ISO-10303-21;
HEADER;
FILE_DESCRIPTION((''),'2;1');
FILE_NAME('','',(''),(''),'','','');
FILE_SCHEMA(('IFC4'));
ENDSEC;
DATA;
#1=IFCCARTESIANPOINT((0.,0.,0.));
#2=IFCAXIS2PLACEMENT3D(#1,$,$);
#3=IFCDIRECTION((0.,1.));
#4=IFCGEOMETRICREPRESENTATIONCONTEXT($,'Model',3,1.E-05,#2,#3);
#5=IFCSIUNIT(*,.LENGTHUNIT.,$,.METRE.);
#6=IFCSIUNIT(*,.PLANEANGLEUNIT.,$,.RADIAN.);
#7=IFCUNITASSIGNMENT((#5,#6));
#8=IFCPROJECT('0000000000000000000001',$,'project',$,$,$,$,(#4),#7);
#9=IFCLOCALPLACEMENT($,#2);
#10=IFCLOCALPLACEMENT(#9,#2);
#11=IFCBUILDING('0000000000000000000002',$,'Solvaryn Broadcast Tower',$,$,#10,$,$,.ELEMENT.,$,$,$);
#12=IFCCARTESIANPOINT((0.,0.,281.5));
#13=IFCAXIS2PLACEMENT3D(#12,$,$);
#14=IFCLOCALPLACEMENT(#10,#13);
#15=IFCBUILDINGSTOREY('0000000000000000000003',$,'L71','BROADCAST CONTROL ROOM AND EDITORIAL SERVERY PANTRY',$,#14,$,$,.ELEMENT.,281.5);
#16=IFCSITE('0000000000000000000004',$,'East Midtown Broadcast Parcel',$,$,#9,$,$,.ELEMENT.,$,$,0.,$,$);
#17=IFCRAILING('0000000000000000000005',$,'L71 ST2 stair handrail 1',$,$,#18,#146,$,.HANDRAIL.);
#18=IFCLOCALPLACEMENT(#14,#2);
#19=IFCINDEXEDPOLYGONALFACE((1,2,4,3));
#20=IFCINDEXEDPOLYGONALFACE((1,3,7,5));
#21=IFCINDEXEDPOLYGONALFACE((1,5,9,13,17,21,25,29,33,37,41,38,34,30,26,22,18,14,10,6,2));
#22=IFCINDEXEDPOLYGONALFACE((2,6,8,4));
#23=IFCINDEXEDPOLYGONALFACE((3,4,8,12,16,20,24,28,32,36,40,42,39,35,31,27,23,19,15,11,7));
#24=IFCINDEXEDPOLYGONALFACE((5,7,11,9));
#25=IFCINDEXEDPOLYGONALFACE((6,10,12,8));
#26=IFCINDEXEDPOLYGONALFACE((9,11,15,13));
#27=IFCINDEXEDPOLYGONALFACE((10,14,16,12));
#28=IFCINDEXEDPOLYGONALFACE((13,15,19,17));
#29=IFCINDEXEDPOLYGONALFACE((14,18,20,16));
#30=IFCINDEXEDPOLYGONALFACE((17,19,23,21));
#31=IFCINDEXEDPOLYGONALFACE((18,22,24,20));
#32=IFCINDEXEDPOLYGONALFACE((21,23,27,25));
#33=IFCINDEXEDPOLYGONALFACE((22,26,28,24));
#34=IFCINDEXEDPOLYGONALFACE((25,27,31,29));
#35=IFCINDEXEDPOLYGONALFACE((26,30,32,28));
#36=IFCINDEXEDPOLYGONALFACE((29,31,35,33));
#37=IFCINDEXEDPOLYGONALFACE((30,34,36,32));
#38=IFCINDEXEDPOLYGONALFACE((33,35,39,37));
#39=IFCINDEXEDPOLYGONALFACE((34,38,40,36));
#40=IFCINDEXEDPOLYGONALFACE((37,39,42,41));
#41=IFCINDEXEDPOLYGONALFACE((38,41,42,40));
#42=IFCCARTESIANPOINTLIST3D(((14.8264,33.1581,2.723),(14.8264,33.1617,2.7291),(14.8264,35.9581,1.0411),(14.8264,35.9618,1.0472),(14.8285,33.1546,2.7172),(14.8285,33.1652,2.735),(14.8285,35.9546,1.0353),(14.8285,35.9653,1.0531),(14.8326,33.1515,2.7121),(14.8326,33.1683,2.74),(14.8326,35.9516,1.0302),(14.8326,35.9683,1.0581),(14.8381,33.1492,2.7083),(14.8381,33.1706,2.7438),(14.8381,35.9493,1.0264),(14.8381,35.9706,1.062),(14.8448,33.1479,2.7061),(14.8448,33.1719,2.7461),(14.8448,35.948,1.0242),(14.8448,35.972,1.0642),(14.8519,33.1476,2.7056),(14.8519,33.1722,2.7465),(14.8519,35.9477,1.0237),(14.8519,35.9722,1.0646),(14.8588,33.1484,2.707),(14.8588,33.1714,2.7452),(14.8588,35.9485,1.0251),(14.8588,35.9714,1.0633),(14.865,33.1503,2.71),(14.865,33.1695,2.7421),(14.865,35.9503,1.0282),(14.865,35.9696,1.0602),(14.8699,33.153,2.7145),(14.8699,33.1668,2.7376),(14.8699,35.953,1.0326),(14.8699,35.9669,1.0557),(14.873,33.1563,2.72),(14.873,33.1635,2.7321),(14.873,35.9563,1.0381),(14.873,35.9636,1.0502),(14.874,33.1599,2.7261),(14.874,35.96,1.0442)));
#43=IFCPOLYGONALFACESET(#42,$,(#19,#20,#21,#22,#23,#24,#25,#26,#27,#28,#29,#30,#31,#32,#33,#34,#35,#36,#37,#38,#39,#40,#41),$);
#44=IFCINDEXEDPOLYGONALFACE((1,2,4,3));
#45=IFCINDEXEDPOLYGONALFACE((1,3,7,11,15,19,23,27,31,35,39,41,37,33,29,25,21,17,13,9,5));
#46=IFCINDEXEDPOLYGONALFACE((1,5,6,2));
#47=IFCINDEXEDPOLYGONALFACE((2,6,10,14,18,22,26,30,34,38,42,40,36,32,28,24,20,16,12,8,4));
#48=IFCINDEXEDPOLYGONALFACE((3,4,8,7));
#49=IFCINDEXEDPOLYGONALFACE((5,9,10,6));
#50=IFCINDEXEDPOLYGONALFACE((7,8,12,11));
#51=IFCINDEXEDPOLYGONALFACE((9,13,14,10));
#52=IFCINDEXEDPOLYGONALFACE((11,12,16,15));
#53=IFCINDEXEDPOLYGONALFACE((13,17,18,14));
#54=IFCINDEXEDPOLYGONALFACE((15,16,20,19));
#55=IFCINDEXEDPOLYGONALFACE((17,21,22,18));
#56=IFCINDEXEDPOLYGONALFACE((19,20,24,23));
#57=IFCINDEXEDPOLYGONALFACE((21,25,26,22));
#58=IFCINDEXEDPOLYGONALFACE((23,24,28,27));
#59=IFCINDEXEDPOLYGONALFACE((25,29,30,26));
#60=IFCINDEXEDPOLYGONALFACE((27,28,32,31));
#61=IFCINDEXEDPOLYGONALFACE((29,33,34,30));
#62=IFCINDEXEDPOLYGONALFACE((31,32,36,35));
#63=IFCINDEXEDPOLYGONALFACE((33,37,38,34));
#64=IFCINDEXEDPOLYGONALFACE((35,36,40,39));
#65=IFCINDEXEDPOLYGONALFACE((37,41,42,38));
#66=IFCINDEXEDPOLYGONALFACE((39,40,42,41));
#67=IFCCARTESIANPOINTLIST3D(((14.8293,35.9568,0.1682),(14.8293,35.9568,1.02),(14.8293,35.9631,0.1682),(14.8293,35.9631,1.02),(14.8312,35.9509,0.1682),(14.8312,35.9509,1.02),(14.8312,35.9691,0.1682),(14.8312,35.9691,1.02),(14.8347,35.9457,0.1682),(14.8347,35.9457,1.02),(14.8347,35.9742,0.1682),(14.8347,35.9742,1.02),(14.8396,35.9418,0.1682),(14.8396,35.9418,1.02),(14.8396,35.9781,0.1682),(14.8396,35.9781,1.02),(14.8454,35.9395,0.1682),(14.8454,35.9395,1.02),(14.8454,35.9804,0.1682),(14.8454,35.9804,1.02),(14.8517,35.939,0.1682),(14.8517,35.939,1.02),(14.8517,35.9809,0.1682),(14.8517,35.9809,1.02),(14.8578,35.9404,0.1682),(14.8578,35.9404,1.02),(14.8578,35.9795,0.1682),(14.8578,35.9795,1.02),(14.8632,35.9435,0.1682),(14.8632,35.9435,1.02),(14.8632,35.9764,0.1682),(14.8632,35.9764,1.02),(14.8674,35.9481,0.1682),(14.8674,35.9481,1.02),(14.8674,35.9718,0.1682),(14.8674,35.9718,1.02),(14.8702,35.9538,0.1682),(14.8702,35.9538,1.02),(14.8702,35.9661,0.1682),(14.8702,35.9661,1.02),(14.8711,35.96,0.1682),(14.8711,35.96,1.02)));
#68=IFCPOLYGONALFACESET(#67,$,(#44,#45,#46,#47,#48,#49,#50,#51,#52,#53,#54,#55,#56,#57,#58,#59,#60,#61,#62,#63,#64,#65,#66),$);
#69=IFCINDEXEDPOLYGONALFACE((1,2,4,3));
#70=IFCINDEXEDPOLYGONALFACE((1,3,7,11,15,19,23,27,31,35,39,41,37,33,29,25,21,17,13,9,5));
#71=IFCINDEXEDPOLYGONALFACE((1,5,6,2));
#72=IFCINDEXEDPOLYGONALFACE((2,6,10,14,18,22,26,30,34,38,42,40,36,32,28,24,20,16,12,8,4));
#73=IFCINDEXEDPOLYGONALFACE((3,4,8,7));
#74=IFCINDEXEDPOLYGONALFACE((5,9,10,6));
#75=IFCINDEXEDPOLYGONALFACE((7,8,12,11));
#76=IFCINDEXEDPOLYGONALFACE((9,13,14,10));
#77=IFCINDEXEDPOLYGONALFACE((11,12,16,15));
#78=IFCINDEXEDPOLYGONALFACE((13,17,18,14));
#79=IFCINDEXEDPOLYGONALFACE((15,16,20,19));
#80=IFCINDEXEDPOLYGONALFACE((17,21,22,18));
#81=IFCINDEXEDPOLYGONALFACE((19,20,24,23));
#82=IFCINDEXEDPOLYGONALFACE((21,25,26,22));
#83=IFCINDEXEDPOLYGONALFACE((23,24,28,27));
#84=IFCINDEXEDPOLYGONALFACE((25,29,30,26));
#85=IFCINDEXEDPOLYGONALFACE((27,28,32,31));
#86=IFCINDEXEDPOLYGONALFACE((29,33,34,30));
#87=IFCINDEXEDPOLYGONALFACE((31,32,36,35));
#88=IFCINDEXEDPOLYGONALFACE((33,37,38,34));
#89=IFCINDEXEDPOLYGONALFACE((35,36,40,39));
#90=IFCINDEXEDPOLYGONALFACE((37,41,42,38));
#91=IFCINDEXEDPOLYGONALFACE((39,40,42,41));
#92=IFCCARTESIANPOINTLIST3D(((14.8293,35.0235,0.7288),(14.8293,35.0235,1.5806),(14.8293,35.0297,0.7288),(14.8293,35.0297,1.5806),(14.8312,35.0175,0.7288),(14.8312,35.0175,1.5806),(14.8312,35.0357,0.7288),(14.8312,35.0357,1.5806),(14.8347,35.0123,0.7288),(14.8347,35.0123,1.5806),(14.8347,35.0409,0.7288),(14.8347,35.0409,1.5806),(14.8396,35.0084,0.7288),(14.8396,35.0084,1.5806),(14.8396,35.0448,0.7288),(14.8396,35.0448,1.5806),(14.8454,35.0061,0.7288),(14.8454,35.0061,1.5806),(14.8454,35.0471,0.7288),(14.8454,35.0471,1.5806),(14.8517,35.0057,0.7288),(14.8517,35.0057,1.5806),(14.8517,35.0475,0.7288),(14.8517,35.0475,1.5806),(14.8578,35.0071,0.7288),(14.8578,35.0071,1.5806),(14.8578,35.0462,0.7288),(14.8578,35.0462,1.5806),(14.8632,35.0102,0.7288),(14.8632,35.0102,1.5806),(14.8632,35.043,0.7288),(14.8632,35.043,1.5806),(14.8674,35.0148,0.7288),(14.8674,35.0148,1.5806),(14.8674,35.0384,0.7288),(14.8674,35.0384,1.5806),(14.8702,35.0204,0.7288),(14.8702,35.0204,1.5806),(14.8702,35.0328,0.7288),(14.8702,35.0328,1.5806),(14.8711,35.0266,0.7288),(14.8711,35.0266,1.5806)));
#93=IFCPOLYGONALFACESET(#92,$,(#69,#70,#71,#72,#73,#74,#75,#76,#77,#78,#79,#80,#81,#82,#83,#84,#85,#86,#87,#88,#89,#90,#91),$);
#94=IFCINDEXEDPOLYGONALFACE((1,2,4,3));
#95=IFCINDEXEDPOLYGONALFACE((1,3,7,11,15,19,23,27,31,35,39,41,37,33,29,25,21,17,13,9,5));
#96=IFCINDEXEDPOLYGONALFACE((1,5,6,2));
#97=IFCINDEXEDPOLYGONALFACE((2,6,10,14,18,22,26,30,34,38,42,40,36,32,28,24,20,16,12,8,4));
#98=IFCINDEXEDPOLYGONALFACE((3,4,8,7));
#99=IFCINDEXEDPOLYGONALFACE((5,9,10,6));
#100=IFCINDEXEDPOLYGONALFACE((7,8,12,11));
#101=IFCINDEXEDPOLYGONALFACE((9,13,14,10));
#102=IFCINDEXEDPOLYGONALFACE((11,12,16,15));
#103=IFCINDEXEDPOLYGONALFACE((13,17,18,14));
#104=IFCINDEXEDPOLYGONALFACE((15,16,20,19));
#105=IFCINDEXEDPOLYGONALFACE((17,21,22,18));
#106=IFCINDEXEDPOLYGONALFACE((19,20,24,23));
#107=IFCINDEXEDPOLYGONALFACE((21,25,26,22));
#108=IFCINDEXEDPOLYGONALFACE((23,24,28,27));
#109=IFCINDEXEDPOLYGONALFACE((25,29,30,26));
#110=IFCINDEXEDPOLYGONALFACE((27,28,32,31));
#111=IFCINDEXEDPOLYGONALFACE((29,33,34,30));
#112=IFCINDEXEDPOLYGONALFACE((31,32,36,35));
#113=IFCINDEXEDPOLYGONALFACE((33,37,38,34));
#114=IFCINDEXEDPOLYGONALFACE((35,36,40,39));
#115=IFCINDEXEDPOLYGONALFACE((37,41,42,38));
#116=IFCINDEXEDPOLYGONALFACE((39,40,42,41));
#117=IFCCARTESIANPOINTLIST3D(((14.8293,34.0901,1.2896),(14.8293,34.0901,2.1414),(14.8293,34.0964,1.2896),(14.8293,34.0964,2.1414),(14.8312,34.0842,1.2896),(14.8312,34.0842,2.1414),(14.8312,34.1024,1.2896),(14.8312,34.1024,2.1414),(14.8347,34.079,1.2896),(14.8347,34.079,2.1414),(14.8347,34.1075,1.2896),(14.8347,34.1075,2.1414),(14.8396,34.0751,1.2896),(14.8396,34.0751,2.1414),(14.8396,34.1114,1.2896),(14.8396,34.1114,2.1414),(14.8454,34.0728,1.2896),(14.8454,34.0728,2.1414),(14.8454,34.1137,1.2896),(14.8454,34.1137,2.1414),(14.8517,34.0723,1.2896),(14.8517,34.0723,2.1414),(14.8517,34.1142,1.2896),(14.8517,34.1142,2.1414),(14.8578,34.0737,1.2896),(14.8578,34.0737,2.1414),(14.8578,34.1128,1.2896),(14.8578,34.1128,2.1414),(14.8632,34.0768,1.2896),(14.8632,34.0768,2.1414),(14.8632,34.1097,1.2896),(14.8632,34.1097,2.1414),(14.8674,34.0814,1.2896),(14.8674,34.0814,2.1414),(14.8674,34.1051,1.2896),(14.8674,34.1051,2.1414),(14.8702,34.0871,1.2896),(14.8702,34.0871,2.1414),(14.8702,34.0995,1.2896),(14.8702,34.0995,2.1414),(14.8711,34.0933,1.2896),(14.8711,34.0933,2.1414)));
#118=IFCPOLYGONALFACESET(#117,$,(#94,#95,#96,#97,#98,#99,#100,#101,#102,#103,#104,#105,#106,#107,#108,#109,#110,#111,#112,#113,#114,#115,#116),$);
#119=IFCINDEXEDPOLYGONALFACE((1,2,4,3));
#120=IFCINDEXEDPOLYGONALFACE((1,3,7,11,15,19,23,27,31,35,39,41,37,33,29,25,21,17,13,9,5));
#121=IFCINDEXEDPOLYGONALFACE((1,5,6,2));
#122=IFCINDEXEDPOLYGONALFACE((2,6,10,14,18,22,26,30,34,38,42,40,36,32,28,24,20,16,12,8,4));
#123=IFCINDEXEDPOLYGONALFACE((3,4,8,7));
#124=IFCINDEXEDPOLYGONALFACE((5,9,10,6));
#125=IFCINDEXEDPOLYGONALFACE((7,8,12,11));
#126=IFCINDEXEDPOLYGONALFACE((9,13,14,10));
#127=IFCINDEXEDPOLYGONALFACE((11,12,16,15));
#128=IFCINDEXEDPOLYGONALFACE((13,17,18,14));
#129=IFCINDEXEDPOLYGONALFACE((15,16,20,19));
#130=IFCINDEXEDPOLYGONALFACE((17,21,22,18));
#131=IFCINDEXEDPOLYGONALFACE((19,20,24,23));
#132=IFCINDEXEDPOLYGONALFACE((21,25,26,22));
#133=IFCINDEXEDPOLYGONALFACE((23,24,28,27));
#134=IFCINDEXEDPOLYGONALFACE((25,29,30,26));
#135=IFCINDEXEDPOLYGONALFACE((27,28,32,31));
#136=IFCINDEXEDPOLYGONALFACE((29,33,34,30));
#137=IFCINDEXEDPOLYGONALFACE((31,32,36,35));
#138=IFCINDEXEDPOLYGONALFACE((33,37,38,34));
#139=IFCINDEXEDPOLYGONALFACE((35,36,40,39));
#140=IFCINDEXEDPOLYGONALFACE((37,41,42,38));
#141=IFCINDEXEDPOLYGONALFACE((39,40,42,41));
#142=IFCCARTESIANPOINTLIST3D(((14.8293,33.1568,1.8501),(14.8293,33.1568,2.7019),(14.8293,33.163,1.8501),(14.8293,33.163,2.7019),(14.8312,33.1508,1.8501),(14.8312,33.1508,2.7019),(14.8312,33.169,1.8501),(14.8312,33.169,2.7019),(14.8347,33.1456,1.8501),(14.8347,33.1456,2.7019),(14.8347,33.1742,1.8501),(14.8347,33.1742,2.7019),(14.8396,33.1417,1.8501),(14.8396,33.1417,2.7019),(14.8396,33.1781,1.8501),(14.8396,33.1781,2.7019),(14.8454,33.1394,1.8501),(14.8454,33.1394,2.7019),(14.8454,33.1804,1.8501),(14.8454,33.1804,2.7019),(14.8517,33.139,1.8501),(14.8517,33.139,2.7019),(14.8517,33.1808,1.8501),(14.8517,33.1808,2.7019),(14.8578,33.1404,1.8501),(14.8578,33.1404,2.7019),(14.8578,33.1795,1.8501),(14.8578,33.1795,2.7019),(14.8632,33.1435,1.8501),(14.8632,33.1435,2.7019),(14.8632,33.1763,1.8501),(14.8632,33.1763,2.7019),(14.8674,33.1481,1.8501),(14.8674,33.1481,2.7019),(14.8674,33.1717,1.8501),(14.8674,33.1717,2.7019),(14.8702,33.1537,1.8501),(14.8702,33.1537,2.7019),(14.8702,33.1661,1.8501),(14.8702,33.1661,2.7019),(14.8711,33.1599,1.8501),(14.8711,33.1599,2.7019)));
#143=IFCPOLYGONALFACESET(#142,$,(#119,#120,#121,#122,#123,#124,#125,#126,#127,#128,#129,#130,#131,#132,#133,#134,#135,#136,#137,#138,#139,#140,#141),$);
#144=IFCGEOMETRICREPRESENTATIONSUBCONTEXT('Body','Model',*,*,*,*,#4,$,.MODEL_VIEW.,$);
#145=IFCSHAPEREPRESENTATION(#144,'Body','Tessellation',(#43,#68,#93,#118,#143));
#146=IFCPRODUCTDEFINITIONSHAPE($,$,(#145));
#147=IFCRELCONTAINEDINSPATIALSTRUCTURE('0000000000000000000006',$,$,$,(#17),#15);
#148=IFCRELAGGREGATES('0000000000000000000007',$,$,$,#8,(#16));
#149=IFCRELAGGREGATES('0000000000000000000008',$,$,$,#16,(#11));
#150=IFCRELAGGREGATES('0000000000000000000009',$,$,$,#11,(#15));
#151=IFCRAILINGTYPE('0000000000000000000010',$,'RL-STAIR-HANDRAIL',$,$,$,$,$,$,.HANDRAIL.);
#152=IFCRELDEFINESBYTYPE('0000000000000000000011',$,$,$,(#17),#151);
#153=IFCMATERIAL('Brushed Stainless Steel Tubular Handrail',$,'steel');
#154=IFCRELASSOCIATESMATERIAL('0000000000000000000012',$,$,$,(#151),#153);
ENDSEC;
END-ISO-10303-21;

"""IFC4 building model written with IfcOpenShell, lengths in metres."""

from ifc_helpers import new_model, si_unit, direction, frame, origin, origin_2d, place, context, subcontext, project, spatial, circle, extrude, material, type_object, element, save


model = new_model("IFC4")

# Units and contexts
model_context = context("Model", 3, precision=1e-05, world=origin(), true_north=direction((0.0, 1.0)))
body_context = subcontext(model_context, "Body", "Model", "MODEL_VIEW")
ifc_project = project(units=[si_unit("LENGTHUNIT", "METRE"), si_unit("PLANEANGLEUNIT", "RADIAN")], contexts=[model_context])

# Site, building, storey
site_placement = place(None, origin())
site = spatial("IfcSite", under=ifc_project, at=site_placement, Name="East Midtown Broadcast Parcel", CompositionType="ELEMENT", RefElevation=0.0)
building_placement = place(site_placement, origin())
building = spatial("IfcBuilding", under=site, at=building_placement, Name="Solvaryn Broadcast Tower", CompositionType="ELEMENT")
storey_placement = place(building_placement, frame((0.0, 0.0, 281.5)))
storey = spatial("IfcBuildingStorey", under=building, at=storey_placement, Name="L71", Description="BROADCAST CONTROL ROOM AND EDITORIAL SERVERY PANTRY", CompositionType="ELEMENT", Elevation=281.5)

# Railing
ifc_material_1 = material(Name="Brushed Stainless Steel Tubular Handrail", Category="steel")
railing_type_1 = type_object("IfcRailingType", Name="RL-STAIR-HANDRAIL", PredefinedType="HANDRAIL", material=ifc_material_1)
railing_1_placement = place(storey_placement, frame((14.8501, 35.96, 0.1682)))
element("IfcRailing", 1, at=railing_1_placement, inside=storey, type_object=railing_type_1, Name="L71 ST2 stair handrail 1", PredefinedType="HANDRAIL", context=body_context, shape_type="SweptSolid", body=[
    extrude(circle(Radius=0.0239, at=origin_2d()), frame((0.0, 0.0, 0.876), z_axis=(0.0, -0.857242, 0.514913), x_axis=(1.0, 0.0, 0.0)), (0.0, 0.0, 1.0), 3.2664),
    extrude(circle(Radius=0.021, at=origin_2d()), origin(), (0.0, 0.0, 1.0), 0.8518),
    extrude(circle(Radius=0.021, at=origin_2d()), frame((0.0, -0.9333, 0.5605)), (0.0, 0.0, 1.0), 0.8518),
    extrude(circle(Radius=0.021, at=origin_2d()), frame((0.0, -1.8667, 1.1213)), (0.0, 0.0, 1.0), 0.8518),
    extrude(circle(Radius=0.021, at=origin_2d()), frame((0.0, -2.8, 1.6819)), (0.0, 0.0, 1.0), 0.8518),
])

save(model, "model.ifc")
